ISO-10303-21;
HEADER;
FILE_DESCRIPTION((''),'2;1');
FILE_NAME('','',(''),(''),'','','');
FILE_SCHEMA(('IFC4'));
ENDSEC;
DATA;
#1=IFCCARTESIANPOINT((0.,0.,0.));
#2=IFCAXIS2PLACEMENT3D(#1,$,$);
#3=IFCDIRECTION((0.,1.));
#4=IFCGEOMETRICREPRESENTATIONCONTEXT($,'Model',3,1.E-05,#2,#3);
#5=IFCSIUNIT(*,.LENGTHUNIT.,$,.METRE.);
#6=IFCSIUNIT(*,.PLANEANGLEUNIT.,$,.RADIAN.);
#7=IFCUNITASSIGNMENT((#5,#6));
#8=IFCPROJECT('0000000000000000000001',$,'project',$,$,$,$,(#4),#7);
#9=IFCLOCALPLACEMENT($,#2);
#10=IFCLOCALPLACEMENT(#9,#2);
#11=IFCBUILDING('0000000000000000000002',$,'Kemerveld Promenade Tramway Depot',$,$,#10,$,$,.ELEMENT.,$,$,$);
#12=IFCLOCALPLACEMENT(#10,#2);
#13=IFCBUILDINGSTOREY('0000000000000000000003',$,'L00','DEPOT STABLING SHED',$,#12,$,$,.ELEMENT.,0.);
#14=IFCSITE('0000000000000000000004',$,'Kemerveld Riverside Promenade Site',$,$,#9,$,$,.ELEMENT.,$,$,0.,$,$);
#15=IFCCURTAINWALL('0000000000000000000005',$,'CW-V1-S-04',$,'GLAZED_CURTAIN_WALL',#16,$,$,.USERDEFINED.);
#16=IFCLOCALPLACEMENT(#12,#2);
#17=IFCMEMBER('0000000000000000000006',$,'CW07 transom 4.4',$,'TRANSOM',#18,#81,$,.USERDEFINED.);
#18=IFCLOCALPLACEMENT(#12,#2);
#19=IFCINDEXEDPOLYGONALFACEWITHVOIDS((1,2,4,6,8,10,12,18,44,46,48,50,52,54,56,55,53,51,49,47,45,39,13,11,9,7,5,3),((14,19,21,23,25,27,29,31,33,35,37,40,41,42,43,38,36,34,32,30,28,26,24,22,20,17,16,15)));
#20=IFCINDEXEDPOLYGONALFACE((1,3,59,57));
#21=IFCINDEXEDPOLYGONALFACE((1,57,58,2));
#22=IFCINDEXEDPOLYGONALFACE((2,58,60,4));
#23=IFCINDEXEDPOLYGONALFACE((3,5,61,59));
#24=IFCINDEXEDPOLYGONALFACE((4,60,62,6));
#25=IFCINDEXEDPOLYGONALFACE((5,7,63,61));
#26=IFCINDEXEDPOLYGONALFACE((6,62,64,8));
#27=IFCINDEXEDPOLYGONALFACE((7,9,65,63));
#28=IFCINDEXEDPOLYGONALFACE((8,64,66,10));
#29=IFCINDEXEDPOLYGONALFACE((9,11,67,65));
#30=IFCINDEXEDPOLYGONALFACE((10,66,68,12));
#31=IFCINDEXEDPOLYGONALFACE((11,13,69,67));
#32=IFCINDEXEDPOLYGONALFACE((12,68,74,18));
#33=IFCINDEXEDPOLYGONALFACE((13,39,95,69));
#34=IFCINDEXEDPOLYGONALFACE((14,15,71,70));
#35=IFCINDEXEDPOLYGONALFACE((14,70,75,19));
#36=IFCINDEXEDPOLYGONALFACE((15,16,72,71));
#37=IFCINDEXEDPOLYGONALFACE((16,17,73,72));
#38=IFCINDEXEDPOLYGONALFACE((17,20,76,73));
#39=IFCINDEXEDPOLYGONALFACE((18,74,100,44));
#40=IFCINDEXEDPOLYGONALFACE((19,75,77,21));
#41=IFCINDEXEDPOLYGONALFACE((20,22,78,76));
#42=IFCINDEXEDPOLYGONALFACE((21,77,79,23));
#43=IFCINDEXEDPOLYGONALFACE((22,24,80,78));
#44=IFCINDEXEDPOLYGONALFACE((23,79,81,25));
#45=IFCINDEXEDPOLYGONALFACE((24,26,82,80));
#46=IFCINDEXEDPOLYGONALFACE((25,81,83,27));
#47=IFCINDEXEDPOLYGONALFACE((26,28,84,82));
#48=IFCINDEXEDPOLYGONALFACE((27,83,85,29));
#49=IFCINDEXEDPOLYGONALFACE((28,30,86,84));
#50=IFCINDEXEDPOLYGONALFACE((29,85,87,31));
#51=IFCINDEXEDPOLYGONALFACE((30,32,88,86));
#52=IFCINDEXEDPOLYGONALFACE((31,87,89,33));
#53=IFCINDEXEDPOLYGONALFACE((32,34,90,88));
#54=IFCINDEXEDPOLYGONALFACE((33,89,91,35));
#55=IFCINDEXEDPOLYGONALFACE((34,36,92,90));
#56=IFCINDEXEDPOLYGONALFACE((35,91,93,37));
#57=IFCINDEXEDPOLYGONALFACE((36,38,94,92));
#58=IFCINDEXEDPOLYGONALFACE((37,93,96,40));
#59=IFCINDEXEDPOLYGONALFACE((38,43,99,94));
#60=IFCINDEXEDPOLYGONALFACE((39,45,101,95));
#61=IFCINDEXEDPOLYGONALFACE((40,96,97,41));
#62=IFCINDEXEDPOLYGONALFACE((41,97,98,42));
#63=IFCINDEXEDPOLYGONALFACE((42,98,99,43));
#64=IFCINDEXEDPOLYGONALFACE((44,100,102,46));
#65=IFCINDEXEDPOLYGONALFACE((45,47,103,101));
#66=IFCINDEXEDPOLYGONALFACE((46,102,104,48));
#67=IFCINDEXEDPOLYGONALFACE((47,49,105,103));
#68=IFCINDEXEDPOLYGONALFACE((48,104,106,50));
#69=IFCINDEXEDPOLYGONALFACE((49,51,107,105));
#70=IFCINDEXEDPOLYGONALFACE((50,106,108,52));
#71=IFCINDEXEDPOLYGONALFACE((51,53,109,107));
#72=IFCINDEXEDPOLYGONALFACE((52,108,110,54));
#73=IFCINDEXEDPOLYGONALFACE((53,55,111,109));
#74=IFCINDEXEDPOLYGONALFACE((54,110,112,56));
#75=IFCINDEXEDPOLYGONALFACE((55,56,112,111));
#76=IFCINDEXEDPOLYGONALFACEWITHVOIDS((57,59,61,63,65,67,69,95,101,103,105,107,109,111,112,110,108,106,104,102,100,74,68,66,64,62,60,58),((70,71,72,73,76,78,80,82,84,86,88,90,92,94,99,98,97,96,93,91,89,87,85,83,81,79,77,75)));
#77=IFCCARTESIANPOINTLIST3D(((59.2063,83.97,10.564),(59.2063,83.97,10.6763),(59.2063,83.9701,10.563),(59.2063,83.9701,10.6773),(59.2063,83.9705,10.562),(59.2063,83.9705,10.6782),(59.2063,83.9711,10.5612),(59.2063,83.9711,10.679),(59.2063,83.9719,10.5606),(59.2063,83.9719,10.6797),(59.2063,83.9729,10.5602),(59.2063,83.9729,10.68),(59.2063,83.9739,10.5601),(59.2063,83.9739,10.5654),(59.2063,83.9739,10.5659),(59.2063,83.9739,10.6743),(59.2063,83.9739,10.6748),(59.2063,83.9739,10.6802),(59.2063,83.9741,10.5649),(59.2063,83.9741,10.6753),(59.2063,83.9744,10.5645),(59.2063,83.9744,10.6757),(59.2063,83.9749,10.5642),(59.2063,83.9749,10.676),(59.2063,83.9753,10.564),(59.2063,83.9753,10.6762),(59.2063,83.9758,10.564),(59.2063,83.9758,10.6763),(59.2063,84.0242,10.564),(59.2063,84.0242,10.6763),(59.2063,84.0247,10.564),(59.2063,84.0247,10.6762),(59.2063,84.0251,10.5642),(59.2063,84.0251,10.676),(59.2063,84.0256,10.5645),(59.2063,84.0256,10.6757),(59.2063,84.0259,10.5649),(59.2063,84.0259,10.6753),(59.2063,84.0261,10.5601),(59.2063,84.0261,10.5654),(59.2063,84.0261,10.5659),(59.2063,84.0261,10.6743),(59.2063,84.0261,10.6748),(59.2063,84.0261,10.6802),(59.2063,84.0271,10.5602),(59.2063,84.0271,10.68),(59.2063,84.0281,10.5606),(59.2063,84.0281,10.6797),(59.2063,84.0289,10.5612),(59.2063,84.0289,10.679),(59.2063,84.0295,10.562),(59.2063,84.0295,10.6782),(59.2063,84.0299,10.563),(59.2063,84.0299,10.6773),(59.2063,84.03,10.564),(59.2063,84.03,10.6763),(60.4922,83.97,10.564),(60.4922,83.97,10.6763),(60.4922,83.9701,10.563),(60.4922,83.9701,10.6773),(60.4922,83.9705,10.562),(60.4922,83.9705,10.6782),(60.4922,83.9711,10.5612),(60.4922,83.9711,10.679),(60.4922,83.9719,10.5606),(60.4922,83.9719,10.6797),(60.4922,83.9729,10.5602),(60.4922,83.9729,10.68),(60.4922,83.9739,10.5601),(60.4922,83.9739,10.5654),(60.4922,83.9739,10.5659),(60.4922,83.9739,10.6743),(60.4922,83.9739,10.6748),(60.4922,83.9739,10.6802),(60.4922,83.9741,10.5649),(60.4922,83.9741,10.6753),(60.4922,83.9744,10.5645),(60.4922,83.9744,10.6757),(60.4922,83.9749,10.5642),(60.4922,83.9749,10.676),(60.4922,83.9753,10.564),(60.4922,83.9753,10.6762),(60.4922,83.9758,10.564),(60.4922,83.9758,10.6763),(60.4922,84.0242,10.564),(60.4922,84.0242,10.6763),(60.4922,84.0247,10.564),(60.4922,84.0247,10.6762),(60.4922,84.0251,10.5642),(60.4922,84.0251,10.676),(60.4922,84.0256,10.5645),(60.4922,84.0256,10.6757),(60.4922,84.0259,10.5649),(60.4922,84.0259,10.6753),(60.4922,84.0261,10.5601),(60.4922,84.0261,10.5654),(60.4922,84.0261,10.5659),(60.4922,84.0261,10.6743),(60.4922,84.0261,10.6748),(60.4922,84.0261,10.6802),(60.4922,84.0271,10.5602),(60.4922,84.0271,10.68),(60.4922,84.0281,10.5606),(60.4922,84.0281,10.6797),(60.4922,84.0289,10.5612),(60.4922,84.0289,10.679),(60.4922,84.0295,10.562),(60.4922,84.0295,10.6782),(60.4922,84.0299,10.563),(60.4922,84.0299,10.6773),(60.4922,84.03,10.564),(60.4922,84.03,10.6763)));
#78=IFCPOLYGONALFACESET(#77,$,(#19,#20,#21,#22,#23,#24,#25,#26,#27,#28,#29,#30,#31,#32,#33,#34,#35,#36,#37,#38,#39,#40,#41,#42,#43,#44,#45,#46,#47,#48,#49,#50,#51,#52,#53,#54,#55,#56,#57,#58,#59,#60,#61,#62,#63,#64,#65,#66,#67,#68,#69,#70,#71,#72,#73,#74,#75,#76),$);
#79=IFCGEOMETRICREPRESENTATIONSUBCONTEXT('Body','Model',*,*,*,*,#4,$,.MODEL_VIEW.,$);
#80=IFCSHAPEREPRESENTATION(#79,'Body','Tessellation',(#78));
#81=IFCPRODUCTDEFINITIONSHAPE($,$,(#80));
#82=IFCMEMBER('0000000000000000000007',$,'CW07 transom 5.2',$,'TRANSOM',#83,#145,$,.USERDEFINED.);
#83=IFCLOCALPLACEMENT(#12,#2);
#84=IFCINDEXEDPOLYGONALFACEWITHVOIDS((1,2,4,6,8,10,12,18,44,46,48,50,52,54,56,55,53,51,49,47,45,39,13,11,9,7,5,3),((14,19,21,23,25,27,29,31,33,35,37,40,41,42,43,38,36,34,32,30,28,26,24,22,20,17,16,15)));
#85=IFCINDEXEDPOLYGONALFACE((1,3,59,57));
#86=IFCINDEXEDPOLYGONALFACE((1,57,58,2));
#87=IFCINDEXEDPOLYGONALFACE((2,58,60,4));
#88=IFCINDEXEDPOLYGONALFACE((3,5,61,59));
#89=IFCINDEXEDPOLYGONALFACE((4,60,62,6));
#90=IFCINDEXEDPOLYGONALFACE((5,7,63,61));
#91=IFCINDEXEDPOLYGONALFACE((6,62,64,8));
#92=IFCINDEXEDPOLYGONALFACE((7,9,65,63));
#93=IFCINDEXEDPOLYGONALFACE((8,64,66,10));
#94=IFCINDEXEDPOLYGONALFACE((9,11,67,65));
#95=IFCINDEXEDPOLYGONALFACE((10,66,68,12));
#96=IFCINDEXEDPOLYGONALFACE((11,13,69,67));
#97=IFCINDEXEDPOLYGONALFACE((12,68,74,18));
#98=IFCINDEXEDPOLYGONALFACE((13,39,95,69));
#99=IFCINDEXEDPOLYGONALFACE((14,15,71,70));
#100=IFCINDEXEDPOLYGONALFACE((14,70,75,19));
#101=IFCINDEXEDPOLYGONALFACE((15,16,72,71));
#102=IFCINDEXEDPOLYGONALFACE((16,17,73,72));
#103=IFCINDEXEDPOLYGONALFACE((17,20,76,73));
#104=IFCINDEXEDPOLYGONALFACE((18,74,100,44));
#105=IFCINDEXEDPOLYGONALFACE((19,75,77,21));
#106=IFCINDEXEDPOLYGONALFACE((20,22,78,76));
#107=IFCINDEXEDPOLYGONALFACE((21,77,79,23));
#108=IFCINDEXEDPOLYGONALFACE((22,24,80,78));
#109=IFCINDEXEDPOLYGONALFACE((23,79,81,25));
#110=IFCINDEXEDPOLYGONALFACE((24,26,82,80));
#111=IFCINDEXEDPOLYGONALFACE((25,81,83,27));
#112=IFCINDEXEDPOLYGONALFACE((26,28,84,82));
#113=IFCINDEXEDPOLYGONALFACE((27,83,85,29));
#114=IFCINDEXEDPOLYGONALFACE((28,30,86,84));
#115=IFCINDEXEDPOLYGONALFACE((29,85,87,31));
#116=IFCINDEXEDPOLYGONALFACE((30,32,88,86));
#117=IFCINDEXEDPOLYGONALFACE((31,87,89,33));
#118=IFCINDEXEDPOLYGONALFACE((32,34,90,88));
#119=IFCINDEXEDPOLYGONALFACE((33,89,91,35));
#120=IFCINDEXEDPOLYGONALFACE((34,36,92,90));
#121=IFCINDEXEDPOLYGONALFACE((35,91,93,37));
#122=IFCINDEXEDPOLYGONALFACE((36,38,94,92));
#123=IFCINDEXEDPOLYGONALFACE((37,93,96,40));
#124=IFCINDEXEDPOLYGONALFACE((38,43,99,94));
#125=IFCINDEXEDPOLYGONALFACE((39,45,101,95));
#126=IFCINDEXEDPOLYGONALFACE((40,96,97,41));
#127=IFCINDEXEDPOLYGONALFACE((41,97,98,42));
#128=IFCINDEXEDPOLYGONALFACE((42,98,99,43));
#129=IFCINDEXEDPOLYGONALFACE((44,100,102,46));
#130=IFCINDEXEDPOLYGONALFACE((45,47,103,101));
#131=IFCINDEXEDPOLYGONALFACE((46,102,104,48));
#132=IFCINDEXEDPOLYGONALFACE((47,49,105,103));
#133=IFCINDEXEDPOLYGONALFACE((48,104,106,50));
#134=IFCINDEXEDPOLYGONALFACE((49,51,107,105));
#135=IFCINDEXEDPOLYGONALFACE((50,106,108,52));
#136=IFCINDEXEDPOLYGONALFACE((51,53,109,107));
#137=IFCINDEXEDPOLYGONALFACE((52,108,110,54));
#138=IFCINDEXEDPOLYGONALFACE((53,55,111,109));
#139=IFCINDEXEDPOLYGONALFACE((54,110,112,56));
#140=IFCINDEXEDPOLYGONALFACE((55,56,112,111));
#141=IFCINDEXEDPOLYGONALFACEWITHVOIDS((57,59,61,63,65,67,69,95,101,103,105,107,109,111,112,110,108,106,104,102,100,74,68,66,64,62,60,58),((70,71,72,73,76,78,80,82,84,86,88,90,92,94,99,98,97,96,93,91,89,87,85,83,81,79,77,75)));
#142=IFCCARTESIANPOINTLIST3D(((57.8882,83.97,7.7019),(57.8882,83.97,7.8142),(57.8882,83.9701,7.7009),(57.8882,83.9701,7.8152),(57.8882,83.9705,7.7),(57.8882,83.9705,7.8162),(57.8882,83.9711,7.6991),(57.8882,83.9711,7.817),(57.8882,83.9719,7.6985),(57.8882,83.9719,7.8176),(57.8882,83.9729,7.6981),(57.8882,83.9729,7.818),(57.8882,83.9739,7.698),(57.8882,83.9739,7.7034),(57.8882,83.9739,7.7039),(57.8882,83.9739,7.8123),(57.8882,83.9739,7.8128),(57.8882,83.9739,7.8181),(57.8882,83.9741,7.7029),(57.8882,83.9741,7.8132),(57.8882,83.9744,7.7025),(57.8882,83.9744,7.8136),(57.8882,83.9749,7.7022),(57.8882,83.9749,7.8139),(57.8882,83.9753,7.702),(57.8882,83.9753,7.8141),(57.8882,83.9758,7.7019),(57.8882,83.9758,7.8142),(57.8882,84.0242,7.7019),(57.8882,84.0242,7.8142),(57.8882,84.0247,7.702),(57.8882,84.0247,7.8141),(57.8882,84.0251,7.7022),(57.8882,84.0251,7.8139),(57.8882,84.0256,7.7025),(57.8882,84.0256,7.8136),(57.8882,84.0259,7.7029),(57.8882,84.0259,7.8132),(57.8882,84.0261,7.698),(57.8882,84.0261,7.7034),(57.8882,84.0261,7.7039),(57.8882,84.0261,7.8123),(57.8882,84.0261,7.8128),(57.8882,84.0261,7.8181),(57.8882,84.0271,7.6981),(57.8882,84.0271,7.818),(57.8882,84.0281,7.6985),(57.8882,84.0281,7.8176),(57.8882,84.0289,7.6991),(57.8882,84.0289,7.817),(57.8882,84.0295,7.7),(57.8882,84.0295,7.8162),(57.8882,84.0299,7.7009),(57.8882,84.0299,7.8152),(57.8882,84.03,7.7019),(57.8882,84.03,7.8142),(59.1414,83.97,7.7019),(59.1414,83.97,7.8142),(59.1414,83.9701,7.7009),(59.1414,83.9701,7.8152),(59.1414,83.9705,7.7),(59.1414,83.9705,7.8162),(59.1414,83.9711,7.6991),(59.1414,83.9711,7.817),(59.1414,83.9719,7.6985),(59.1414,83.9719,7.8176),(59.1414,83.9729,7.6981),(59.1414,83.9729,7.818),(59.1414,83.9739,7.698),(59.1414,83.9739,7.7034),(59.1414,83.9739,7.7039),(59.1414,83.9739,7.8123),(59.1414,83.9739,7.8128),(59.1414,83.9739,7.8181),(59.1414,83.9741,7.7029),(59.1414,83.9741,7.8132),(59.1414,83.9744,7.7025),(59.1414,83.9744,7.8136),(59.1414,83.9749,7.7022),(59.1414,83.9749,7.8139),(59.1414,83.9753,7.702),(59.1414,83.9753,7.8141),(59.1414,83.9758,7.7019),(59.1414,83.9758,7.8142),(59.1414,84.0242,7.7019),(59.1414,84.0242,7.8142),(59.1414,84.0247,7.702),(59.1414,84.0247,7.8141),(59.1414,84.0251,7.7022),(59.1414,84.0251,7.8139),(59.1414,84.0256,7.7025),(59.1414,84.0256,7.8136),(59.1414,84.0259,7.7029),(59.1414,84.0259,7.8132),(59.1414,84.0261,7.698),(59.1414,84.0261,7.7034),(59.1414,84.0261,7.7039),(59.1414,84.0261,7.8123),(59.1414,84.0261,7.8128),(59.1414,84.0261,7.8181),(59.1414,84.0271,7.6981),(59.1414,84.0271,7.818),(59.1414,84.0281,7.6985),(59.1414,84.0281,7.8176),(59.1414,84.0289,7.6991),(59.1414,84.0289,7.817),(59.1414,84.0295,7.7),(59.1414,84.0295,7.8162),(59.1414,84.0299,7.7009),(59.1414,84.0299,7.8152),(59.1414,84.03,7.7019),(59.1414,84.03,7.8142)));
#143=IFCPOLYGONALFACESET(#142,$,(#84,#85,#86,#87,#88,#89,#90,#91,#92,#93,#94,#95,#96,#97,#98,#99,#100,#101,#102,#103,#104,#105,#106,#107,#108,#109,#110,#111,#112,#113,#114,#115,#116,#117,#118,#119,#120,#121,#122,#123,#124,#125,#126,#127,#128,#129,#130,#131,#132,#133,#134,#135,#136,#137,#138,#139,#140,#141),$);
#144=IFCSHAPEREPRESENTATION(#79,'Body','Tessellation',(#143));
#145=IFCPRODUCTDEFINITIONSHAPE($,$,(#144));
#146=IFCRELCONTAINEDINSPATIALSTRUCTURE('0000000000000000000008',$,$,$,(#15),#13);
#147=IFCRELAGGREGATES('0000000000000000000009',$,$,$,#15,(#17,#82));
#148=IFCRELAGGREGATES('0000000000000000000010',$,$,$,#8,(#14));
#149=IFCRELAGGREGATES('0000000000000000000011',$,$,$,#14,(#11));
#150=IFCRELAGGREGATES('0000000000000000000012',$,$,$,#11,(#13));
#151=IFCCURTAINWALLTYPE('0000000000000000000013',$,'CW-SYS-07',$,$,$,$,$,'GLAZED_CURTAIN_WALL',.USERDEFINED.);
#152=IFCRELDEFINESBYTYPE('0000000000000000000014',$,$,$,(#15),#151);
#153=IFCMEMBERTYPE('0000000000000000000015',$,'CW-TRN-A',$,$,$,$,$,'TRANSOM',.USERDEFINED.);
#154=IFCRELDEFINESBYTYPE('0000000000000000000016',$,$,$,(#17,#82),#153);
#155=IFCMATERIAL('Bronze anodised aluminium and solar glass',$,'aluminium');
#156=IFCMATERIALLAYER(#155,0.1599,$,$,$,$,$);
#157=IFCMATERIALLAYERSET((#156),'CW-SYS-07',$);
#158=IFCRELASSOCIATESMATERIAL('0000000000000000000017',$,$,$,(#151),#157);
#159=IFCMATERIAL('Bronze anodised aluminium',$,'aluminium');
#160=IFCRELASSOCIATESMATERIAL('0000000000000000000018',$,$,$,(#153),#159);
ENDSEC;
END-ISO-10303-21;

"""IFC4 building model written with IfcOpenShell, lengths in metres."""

from ifc_helpers import new_model, si_unit, direction, frame, origin, origin_2d, place, context, subcontext, project, spatial, hollow_rectangle, extrude, material, layer, layer_set, material_profile, profile_set, type_object, element, aggregate, save


model = new_model("IFC4")

# Units and contexts
model_context = context("Model", 3, precision=1e-05, world=origin(), true_north=direction((0.0, 1.0)))
body_context = subcontext(model_context, "Body", "Model", "MODEL_VIEW")
ifc_project = project(units=[si_unit("LENGTHUNIT", "METRE"), si_unit("PLANEANGLEUNIT", "RADIAN")], contexts=[model_context])

# Site, building, storey
site_placement = place(None, origin())
site = spatial("IfcSite", under=ifc_project, at=site_placement, Name="Kemerveld Riverside Promenade Site", CompositionType="ELEMENT", RefElevation=0.0)
building_placement = place(site_placement, origin())
building = spatial("IfcBuilding", under=site, at=building_placement, Name="Kemerveld Promenade Tramway Depot", CompositionType="ELEMENT")
storey_placement = place(building_placement, origin())
storey = spatial("IfcBuildingStorey", under=building, at=storey_placement, Name="L00", Description="DEPOT STABLING SHED", CompositionType="ELEMENT", Elevation=0.0)

# Curtain wall, members
ifc_material_1 = material(Name="Bronze anodised aluminium and solar glass", Category="aluminium")
ifc_layer_1 = layer(ifc_material_1, 0.1599)
ifc_layer_set_1 = layer_set([ifc_layer_1], Name="CW-SYS-07")
curtain_wall_type_1 = type_object("IfcCurtainWallType", Name="CW-SYS-07", ElementType="GLAZED_CURTAIN_WALL", PredefinedType="USERDEFINED", material=ifc_layer_set_1)
curtain_wall_1_placement = place(storey_placement, origin())
curtain_wall_1 = element("IfcCurtainWall", 1, at=curtain_wall_1_placement, inside=storey, type_object=curtain_wall_type_1, Name="CW-V1-S-04", ObjectType="GLAZED_CURTAIN_WALL", PredefinedType="USERDEFINED")
ifc_material_2 = material(Name="Bronze anodised aluminium", Category="aluminium")
ifc_material_profile_1 = material_profile(ifc_material_2, hollow_rectangle(XDim=0.0601, YDim=0.1201, WallThickness=0.0039, InnerFilletRadius=0.002, OuterFilletRadius=0.0039, at=origin_2d()), Name="CW-TRN-120x60")
ifc_profile_set_1 = profile_set([ifc_material_profile_1], Name="Bronze anodised aluminium")
member_type_1 = type_object("IfcMemberType", Name="CW-TRN-A", ElementType="TRANSOM", PredefinedType="USERDEFINED", material=ifc_profile_set_1)
member_1_placement = place(storey_placement, frame((60.4922, 84.0, 10.6201), z_axis=(-1.0, 0.0, 0.0), x_axis=(0.0, -1.0, 0.0)))
member_1 = element("IfcMember", 2, at=member_1_placement, type_object=member_type_1, Name="CW07 transom 4.4", ObjectType="TRANSOM", PredefinedType="USERDEFINED", context=body_context, shape_type="SweptSolid", body=[
    extrude(hollow_rectangle(XDim=0.0601, YDim=0.1201, WallThickness=0.0039, InnerFilletRadius=0.002, OuterFilletRadius=0.0039, at=origin_2d()), origin(), (0.0, 0.0, 1.0), 1.2859),
])
member_2_placement = place(storey_placement, frame((59.1414, 84.0, 7.7581), z_axis=(-1.0, 0.0, 0.0), x_axis=(0.0, -1.0, 0.0)))
member_2 = element("IfcMember", 3, at=member_2_placement, type_object=member_type_1, Name="CW07 transom 5.2", ObjectType="TRANSOM", PredefinedType="USERDEFINED", context=body_context, shape_type="SweptSolid", body=[
    extrude(hollow_rectangle(XDim=0.0601, YDim=0.1201, WallThickness=0.0039, InnerFilletRadius=0.002, OuterFilletRadius=0.0039, at=origin_2d()), origin(), (0.0, 0.0, 1.0), 1.2532),
])

aggregate(curtain_wall_1, [member_1, member_2])

save(model, "model.ifc")
